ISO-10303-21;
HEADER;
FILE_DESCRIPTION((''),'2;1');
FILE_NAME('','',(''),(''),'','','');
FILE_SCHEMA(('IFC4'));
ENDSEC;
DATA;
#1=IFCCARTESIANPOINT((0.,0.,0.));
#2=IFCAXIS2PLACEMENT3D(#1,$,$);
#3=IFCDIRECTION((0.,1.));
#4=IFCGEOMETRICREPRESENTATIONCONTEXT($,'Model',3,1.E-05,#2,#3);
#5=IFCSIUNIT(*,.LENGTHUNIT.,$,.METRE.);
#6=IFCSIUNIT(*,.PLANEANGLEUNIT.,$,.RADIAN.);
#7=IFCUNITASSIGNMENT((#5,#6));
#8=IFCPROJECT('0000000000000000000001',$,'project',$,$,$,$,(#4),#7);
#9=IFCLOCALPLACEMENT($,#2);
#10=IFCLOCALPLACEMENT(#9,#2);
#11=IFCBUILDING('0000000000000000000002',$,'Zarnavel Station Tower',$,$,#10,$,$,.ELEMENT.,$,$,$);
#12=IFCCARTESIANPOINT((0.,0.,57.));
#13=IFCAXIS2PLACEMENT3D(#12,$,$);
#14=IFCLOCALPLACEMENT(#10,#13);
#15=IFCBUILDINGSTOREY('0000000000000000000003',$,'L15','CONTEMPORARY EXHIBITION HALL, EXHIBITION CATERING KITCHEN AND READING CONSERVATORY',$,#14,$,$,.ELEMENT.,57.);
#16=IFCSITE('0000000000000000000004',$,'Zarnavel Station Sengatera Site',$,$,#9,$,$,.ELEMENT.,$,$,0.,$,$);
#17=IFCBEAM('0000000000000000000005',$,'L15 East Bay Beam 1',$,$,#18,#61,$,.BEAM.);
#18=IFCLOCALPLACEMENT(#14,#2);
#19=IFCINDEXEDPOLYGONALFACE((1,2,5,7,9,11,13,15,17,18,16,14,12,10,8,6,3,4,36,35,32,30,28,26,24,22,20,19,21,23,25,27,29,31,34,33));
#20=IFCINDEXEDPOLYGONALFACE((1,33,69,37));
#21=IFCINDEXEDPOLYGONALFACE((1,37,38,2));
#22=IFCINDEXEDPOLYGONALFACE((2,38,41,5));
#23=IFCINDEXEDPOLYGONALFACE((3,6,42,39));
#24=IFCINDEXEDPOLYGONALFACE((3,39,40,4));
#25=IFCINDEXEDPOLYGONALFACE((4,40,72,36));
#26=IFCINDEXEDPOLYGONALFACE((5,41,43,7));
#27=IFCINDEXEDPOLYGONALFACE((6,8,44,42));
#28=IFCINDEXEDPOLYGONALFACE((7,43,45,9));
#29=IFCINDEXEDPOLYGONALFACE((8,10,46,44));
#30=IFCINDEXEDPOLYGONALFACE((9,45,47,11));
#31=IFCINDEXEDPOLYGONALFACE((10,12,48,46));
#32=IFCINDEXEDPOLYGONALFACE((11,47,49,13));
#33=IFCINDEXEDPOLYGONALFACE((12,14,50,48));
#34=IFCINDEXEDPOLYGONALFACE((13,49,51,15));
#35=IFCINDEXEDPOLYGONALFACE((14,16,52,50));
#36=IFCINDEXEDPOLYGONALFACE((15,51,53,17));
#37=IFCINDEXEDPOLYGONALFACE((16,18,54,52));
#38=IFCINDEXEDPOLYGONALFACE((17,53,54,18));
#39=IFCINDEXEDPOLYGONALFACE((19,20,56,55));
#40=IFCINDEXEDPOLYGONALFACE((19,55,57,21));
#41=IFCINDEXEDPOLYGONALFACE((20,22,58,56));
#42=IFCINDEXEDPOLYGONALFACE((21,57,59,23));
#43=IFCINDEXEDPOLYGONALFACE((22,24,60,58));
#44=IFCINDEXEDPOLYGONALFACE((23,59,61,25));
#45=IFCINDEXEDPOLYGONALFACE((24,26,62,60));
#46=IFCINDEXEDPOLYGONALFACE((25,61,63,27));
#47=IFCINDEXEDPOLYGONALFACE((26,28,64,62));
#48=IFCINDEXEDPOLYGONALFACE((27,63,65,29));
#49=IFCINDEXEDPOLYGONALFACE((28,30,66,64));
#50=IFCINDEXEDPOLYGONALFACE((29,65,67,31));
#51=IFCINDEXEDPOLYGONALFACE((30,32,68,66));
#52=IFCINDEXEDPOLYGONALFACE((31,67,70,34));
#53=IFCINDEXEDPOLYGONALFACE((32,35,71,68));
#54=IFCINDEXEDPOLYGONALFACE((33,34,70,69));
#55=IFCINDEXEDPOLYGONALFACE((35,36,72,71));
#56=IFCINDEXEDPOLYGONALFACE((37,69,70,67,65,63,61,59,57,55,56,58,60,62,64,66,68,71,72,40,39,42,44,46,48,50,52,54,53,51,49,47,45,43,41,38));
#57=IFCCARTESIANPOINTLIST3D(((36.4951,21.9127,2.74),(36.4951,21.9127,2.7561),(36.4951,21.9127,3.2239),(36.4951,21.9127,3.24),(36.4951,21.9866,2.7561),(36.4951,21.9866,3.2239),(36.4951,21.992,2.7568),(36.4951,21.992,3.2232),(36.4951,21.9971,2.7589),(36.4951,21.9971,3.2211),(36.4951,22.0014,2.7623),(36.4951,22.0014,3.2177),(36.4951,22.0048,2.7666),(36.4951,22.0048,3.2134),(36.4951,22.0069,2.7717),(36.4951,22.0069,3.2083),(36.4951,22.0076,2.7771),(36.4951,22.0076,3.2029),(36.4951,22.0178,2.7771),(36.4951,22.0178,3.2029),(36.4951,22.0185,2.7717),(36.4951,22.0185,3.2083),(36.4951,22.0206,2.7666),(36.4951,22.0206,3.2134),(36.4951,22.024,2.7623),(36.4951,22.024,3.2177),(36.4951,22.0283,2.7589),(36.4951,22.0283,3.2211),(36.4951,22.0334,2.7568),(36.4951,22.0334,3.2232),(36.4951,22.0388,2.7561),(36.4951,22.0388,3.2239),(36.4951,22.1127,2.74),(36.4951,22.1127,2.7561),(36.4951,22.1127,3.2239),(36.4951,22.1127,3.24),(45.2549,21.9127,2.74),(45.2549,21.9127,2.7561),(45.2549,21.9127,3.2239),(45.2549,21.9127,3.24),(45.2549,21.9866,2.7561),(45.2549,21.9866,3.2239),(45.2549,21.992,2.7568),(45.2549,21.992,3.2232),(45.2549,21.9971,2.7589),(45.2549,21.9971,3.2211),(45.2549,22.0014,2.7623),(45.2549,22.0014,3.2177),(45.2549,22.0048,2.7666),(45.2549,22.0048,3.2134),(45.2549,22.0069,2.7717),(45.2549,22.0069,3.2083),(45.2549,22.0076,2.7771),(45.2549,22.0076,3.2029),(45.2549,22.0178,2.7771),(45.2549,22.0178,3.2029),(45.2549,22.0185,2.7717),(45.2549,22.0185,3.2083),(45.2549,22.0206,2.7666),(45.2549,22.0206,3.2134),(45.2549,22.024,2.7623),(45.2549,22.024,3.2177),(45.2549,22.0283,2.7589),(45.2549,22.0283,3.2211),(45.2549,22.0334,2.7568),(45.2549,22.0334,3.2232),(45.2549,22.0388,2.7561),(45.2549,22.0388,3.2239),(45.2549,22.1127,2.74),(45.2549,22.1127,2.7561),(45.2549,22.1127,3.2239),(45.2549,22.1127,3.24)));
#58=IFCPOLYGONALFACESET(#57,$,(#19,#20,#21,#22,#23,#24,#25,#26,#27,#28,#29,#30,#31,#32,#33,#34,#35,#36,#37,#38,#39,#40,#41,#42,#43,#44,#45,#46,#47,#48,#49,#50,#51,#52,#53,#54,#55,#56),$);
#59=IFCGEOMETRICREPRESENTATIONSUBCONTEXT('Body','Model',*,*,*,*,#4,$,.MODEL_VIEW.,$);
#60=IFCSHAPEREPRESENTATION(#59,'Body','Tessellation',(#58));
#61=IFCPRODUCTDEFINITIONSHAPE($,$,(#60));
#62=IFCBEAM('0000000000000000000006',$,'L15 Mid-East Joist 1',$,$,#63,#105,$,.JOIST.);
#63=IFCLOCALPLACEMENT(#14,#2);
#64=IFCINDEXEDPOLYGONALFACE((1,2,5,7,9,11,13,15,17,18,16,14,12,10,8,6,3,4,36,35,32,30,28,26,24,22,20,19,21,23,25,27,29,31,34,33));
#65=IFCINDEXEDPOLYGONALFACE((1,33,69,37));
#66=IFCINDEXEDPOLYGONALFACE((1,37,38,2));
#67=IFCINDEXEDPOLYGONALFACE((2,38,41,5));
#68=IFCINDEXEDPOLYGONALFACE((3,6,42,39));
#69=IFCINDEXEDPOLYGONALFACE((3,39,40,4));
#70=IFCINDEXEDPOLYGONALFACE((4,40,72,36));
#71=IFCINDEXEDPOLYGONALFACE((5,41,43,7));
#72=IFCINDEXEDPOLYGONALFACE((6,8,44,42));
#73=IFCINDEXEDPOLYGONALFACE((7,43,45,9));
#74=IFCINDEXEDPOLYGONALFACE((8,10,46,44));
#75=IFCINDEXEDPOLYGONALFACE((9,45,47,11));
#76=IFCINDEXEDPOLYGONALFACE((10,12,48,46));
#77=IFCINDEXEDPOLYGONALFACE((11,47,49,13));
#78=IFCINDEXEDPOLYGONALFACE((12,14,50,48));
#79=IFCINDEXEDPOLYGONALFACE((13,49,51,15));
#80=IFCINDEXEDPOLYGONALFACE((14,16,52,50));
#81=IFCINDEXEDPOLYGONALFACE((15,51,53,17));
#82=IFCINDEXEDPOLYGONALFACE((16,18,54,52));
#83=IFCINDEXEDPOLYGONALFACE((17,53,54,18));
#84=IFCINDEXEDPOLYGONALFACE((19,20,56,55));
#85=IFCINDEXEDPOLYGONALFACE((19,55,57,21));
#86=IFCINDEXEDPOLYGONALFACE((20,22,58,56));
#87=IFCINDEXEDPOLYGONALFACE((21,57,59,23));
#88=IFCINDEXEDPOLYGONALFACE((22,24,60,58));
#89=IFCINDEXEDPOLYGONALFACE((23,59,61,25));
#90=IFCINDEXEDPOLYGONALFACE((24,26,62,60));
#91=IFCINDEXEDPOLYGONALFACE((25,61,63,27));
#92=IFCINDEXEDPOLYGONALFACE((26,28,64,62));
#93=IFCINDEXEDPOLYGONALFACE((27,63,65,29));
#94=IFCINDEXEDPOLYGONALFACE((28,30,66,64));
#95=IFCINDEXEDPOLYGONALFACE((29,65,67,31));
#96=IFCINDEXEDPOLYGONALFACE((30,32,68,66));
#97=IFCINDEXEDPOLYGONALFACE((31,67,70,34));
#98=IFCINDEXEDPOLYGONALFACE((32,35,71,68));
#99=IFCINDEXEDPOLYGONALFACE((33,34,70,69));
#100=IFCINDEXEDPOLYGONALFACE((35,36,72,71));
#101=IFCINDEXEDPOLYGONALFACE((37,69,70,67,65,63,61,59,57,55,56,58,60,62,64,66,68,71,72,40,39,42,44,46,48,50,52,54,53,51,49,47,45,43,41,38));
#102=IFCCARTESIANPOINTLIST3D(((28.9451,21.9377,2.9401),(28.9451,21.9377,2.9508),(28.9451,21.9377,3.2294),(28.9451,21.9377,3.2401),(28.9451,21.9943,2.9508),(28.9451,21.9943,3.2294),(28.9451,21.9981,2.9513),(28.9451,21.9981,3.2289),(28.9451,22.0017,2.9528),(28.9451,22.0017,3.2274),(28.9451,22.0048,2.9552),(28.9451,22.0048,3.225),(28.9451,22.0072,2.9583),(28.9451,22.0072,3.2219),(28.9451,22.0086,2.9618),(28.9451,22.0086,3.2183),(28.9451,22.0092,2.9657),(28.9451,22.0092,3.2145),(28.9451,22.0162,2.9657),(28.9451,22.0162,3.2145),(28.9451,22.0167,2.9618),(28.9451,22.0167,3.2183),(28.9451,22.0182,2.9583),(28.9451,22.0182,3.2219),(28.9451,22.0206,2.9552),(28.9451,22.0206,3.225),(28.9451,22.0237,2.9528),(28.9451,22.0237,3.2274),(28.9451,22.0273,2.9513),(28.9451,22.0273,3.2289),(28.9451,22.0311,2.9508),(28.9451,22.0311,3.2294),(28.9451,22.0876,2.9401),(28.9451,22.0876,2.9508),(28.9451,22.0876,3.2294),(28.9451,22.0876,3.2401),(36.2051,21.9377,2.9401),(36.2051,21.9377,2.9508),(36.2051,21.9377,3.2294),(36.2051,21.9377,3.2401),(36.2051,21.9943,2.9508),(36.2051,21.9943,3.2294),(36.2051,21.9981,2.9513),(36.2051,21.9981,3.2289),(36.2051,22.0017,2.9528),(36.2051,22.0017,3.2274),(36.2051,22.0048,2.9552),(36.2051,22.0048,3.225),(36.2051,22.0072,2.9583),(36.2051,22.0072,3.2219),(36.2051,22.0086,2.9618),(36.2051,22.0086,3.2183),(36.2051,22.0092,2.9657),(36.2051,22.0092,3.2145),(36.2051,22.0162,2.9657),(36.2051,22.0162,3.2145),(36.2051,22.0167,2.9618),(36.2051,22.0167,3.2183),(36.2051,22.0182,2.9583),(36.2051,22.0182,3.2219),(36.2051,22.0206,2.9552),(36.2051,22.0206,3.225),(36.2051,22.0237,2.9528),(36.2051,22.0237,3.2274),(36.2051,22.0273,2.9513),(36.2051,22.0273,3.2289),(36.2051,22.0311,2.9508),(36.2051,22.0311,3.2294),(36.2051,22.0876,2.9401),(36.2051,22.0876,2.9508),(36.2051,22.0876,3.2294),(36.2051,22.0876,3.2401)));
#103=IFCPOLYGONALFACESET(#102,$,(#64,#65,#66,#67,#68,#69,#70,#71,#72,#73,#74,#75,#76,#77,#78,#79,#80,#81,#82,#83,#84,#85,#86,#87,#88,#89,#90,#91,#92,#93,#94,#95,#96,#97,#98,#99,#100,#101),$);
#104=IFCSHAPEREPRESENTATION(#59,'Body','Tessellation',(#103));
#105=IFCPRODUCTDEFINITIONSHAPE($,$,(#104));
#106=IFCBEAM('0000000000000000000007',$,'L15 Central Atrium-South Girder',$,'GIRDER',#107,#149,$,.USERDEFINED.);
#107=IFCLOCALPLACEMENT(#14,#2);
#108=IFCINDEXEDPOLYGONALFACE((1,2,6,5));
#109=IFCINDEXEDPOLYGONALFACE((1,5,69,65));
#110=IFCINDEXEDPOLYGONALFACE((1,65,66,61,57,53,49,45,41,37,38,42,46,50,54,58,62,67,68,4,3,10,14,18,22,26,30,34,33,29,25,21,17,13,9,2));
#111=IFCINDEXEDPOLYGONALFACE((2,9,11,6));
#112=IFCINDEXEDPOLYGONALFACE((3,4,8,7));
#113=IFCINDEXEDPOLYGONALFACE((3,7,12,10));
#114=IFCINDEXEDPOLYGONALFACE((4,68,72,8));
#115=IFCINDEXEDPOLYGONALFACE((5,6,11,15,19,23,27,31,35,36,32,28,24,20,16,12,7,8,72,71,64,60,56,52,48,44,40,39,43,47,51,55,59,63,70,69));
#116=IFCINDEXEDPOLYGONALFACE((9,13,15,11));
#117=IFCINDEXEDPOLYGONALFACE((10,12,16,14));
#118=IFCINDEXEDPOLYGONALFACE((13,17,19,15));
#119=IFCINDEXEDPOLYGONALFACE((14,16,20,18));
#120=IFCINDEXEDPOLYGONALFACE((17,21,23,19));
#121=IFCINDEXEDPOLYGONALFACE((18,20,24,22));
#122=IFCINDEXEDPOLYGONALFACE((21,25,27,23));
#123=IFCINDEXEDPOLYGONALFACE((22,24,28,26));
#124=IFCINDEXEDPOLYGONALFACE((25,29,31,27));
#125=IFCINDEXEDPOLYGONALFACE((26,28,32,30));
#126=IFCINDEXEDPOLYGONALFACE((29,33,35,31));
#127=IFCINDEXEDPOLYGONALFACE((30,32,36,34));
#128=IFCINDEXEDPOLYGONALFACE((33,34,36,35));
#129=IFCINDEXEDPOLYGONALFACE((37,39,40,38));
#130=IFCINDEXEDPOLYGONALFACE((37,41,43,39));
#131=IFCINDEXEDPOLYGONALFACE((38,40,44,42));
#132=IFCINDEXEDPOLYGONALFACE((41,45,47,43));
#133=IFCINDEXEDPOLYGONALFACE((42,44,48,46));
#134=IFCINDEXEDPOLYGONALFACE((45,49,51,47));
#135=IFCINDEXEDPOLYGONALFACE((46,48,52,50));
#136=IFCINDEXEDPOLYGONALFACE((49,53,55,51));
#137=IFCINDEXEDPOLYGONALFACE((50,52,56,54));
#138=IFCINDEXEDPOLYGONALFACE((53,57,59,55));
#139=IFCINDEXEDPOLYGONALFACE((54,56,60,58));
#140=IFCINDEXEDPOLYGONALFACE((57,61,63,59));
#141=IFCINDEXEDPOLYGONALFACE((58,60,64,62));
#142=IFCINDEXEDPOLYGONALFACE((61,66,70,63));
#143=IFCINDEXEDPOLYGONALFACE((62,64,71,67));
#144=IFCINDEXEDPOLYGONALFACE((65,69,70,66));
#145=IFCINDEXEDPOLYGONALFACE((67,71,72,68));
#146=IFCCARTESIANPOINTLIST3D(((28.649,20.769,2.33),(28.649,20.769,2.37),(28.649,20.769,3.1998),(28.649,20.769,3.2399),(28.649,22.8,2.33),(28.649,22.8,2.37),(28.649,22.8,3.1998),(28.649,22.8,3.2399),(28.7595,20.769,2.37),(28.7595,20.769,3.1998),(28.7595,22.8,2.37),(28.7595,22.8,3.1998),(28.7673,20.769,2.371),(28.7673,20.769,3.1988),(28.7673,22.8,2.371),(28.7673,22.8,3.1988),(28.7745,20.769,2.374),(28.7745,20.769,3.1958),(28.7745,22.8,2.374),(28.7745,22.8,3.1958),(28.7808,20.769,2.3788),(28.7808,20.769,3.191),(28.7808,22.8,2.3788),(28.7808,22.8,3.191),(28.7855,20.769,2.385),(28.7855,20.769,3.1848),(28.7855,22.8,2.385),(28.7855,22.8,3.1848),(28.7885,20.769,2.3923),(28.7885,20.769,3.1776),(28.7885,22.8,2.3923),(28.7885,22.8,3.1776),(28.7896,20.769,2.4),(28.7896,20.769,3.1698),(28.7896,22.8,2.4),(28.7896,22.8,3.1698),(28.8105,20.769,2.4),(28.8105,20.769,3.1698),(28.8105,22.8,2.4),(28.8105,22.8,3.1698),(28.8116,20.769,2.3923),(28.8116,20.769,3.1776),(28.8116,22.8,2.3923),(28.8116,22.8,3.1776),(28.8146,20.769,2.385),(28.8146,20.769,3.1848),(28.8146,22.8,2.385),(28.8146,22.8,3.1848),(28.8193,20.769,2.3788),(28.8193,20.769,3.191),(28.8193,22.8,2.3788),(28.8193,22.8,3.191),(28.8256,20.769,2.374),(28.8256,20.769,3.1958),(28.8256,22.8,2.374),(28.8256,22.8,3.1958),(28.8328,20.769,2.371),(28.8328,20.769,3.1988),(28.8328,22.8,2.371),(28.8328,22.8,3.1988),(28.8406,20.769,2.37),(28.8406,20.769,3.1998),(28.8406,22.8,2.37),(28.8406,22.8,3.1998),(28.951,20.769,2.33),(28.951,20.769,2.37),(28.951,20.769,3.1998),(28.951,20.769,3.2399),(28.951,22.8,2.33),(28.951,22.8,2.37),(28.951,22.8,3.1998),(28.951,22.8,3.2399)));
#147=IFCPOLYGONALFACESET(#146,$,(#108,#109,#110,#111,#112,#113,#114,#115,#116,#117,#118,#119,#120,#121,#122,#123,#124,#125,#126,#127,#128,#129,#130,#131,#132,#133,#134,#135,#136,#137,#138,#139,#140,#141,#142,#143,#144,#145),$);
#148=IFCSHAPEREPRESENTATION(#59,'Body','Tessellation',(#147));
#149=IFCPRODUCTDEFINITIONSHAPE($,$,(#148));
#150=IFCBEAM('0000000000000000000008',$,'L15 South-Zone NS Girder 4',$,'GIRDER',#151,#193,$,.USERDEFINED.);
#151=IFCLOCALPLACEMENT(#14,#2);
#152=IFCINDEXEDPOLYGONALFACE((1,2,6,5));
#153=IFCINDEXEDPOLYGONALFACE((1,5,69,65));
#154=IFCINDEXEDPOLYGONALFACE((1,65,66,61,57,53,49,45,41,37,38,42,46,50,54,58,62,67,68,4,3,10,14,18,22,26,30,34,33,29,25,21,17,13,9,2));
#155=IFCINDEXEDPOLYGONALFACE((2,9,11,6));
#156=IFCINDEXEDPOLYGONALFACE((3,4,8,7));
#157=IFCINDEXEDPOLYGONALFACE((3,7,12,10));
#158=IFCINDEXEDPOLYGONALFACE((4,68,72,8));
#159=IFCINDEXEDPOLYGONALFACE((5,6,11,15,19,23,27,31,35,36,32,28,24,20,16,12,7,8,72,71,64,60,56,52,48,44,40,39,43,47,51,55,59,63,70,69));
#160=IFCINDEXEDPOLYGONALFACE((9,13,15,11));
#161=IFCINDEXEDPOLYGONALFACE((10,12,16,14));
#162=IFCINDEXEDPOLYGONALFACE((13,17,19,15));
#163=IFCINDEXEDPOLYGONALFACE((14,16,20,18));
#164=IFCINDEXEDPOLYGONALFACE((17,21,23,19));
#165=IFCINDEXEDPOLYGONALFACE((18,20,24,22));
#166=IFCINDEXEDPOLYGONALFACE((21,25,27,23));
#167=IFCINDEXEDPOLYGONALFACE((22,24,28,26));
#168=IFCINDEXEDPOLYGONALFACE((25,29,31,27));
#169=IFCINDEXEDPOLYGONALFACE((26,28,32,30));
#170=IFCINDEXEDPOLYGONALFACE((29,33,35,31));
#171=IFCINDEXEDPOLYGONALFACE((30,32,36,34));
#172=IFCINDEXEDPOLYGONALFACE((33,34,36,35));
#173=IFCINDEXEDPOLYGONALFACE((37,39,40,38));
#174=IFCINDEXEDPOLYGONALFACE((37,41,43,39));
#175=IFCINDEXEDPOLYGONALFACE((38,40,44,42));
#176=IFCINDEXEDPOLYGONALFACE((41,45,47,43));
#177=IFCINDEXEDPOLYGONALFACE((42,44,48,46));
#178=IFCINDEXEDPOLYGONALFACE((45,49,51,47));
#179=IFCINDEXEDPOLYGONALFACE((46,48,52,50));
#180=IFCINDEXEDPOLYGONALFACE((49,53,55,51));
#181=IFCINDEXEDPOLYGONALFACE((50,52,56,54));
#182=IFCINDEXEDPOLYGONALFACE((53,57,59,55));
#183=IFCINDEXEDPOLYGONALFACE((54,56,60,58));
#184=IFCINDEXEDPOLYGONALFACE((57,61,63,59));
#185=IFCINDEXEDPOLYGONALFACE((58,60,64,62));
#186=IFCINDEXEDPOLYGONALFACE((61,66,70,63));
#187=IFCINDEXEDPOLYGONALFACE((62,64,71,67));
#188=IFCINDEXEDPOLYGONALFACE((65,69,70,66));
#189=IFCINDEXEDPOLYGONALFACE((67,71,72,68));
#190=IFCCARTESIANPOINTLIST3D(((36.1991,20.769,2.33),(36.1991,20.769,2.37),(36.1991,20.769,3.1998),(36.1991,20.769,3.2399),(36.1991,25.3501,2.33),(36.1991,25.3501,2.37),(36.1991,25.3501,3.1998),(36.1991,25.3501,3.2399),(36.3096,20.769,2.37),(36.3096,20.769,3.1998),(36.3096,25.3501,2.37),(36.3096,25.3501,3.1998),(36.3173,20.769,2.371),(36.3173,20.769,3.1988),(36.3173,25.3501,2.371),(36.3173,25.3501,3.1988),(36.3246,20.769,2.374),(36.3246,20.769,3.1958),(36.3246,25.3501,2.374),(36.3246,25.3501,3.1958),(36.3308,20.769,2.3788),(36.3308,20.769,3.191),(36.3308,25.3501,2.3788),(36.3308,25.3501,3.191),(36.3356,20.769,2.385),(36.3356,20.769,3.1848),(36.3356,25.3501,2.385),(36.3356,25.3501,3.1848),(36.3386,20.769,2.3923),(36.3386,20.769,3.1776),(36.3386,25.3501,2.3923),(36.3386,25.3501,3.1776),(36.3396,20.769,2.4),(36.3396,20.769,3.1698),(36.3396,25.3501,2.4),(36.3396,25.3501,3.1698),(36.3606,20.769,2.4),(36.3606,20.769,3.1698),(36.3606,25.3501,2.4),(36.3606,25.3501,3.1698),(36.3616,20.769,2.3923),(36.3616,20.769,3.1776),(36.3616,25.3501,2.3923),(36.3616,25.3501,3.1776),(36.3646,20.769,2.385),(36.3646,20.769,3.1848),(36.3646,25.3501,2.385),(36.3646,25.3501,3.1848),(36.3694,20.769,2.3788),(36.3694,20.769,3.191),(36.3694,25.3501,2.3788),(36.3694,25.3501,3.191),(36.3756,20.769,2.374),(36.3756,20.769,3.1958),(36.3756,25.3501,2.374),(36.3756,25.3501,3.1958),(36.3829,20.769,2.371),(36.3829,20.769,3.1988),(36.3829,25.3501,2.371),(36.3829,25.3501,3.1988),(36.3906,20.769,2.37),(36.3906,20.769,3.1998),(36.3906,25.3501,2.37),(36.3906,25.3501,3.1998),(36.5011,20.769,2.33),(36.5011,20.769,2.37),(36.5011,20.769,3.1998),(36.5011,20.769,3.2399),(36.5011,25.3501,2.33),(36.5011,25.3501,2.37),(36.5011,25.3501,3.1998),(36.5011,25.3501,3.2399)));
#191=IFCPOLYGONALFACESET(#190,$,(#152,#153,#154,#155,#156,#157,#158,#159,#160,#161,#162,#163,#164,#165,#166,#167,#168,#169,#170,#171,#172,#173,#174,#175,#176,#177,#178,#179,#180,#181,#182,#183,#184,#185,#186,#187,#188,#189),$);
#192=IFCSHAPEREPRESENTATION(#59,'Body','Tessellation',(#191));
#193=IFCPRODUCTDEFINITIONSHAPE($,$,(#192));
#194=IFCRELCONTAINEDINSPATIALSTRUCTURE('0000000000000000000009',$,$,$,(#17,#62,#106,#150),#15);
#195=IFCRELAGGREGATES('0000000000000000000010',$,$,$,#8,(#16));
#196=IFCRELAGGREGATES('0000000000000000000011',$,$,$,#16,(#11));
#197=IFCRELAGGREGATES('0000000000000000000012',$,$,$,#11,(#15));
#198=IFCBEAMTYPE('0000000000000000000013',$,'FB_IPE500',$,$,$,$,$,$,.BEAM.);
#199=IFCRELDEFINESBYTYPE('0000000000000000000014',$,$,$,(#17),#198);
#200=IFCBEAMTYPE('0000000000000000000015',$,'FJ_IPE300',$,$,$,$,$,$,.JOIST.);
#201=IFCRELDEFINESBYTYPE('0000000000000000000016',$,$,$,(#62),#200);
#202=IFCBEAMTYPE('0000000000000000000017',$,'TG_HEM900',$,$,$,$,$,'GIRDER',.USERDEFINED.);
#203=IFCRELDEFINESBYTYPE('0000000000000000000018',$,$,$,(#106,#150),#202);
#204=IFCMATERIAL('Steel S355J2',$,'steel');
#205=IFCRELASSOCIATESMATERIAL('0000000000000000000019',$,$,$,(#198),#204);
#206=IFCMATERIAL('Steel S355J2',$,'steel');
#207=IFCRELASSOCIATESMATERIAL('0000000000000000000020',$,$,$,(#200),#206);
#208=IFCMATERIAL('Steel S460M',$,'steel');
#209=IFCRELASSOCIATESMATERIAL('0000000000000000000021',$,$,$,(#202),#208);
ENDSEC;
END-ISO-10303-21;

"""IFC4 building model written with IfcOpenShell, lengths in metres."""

from ifc_helpers import new_model, si_unit, direction, frame, origin, origin_2d, place, context, subcontext, project, spatial, i_section, extrude, material, material_profile, profile_set, type_object, element, save


model = new_model("IFC4")

# Units and contexts
model_context = context("Model", 3, precision=1e-05, world=origin(), true_north=direction((0.0, 1.0)))
body_context = subcontext(model_context, "Body", "Model", "MODEL_VIEW")
ifc_project = project(units=[si_unit("LENGTHUNIT", "METRE"), si_unit("PLANEANGLEUNIT", "RADIAN")], contexts=[model_context])

# Site, building, storey
site_placement = place(None, origin())
site = spatial("IfcSite", under=ifc_project, at=site_placement, Name="Zarnavel Station Sengatera Site", CompositionType="ELEMENT", RefElevation=0.0)
building_placement = place(site_placement, origin())
building = spatial("IfcBuilding", under=site, at=building_placement, Name="Zarnavel Station Tower", CompositionType="ELEMENT")
storey_placement = place(building_placement, frame((0.0, 0.0, 57.0)))
storey = spatial("IfcBuildingStorey", under=building, at=storey_placement, Name="L15", Description="CONTEMPORARY EXHIBITION HALL, EXHIBITION CATERING KITCHEN AND READING CONSERVATORY", CompositionType="ELEMENT", Elevation=57.0)

# Beams
ifc_material_1 = material(Name="Steel S355J2", Category="steel")
ifc_material_profile_1 = material_profile(ifc_material_1, i_section(OverallWidth=0.2, OverallDepth=0.5, WebThickness=0.0103, FlangeThickness=0.0161, FilletRadius=0.021, at=origin_2d()), Name="IPE500")
ifc_profile_set_1 = profile_set([ifc_material_profile_1], Name="Steel S355J2")
beam_type_1 = type_object("IfcBeamType", Name="FB_IPE500", PredefinedType="BEAM", material=ifc_profile_set_1)
beam_1_placement = place(storey_placement, frame((36.4951, 22.0127, 2.99), z_axis=(1.0, 0.0, 0.0), x_axis=(0.0, 1.0, 0.0)))
element("IfcBeam", 1, at=beam_1_placement, inside=storey, type_object=beam_type_1, Name="L15 East Bay Beam 1", PredefinedType="BEAM", context=body_context, shape_type="SweptSolid", body=[
    extrude(i_section(OverallWidth=0.2, OverallDepth=0.5, WebThickness=0.0103, FlangeThickness=0.0161, FilletRadius=0.021, at=origin_2d()), origin(), (0.0, 0.0, 1.0), 8.7598),
])
ifc_material_2 = material(Name="Steel S355J2", Category="steel")
ifc_material_profile_2 = material_profile(ifc_material_2, i_section(OverallWidth=0.1499, OverallDepth=0.3, WebThickness=0.0071, FlangeThickness=0.0107, FilletRadius=0.0149, at=origin_2d()), Name="IPE300")
ifc_profile_set_2 = profile_set([ifc_material_profile_2], Name="Steel S355J2")
beam_type_2 = type_object("IfcBeamType", Name="FJ_IPE300", PredefinedType="JOIST", material=ifc_profile_set_2)
beam_2_placement = place(storey_placement, frame((28.9451, 22.0127, 3.0901), z_axis=(1.0, 0.0, 0.0), x_axis=(0.0, 1.0, 0.0)))
element("IfcBeam", 2, at=beam_2_placement, inside=storey, type_object=beam_type_2, Name="L15 Mid-East Joist 1", PredefinedType="JOIST", context=body_context, shape_type="SweptSolid", body=[
    extrude(i_section(OverallWidth=0.1499, OverallDepth=0.3, WebThickness=0.0071, FlangeThickness=0.0107, FilletRadius=0.0149, at=origin_2d()), origin(), (0.0, 0.0, 1.0), 7.26),
])
ifc_material_3 = material(Name="Steel S460M", Category="steel")
ifc_material_profile_3 = material_profile(ifc_material_3, i_section(OverallWidth=0.302, OverallDepth=0.9099, WebThickness=0.021, FlangeThickness=0.04, FilletRadius=0.03, at=origin_2d()), Name="HEM900")
ifc_profile_set_3 = profile_set([ifc_material_profile_3], Name="Steel S460M")
beam_type_3 = type_object("IfcBeamType", Name="TG_HEM900", ElementType="GIRDER", PredefinedType="USERDEFINED", material=ifc_profile_set_3)
beam_3_placement = place(storey_placement, frame((28.8, 20.769, 2.7849), z_axis=(0.0, 1.0, 0.0), x_axis=(-1.0, 0.0, 0.0)))
element("IfcBeam", 3, at=beam_3_placement, inside=storey, type_object=beam_type_3, Name="L15 Central Atrium-South Girder", ObjectType="GIRDER", PredefinedType="USERDEFINED", context=body_context, shape_type="SweptSolid", body=[
    extrude(i_section(OverallWidth=0.302, OverallDepth=0.9099, WebThickness=0.021, FlangeThickness=0.04, FilletRadius=0.03, at=origin_2d()), origin(), (0.0, 0.0, 1.0), 2.031),
])
beam_4_placement = place(storey_placement, frame((36.3501, 20.769, 2.7849), z_axis=(0.0, 1.0, 0.0), x_axis=(-1.0, 0.0, 0.0)))
element("IfcBeam", 4, at=beam_4_placement, inside=storey, type_object=beam_type_3, Name="L15 South-Zone NS Girder 4", ObjectType="GIRDER", PredefinedType="USERDEFINED", context=body_context, shape_type="SweptSolid", body=[
    extrude(i_section(OverallWidth=0.302, OverallDepth=0.9099, WebThickness=0.021, FlangeThickness=0.04, FilletRadius=0.03, at=origin_2d()), origin(), (0.0, 0.0, 1.0), 4.5811),
])

save(model, "model.ifc")
